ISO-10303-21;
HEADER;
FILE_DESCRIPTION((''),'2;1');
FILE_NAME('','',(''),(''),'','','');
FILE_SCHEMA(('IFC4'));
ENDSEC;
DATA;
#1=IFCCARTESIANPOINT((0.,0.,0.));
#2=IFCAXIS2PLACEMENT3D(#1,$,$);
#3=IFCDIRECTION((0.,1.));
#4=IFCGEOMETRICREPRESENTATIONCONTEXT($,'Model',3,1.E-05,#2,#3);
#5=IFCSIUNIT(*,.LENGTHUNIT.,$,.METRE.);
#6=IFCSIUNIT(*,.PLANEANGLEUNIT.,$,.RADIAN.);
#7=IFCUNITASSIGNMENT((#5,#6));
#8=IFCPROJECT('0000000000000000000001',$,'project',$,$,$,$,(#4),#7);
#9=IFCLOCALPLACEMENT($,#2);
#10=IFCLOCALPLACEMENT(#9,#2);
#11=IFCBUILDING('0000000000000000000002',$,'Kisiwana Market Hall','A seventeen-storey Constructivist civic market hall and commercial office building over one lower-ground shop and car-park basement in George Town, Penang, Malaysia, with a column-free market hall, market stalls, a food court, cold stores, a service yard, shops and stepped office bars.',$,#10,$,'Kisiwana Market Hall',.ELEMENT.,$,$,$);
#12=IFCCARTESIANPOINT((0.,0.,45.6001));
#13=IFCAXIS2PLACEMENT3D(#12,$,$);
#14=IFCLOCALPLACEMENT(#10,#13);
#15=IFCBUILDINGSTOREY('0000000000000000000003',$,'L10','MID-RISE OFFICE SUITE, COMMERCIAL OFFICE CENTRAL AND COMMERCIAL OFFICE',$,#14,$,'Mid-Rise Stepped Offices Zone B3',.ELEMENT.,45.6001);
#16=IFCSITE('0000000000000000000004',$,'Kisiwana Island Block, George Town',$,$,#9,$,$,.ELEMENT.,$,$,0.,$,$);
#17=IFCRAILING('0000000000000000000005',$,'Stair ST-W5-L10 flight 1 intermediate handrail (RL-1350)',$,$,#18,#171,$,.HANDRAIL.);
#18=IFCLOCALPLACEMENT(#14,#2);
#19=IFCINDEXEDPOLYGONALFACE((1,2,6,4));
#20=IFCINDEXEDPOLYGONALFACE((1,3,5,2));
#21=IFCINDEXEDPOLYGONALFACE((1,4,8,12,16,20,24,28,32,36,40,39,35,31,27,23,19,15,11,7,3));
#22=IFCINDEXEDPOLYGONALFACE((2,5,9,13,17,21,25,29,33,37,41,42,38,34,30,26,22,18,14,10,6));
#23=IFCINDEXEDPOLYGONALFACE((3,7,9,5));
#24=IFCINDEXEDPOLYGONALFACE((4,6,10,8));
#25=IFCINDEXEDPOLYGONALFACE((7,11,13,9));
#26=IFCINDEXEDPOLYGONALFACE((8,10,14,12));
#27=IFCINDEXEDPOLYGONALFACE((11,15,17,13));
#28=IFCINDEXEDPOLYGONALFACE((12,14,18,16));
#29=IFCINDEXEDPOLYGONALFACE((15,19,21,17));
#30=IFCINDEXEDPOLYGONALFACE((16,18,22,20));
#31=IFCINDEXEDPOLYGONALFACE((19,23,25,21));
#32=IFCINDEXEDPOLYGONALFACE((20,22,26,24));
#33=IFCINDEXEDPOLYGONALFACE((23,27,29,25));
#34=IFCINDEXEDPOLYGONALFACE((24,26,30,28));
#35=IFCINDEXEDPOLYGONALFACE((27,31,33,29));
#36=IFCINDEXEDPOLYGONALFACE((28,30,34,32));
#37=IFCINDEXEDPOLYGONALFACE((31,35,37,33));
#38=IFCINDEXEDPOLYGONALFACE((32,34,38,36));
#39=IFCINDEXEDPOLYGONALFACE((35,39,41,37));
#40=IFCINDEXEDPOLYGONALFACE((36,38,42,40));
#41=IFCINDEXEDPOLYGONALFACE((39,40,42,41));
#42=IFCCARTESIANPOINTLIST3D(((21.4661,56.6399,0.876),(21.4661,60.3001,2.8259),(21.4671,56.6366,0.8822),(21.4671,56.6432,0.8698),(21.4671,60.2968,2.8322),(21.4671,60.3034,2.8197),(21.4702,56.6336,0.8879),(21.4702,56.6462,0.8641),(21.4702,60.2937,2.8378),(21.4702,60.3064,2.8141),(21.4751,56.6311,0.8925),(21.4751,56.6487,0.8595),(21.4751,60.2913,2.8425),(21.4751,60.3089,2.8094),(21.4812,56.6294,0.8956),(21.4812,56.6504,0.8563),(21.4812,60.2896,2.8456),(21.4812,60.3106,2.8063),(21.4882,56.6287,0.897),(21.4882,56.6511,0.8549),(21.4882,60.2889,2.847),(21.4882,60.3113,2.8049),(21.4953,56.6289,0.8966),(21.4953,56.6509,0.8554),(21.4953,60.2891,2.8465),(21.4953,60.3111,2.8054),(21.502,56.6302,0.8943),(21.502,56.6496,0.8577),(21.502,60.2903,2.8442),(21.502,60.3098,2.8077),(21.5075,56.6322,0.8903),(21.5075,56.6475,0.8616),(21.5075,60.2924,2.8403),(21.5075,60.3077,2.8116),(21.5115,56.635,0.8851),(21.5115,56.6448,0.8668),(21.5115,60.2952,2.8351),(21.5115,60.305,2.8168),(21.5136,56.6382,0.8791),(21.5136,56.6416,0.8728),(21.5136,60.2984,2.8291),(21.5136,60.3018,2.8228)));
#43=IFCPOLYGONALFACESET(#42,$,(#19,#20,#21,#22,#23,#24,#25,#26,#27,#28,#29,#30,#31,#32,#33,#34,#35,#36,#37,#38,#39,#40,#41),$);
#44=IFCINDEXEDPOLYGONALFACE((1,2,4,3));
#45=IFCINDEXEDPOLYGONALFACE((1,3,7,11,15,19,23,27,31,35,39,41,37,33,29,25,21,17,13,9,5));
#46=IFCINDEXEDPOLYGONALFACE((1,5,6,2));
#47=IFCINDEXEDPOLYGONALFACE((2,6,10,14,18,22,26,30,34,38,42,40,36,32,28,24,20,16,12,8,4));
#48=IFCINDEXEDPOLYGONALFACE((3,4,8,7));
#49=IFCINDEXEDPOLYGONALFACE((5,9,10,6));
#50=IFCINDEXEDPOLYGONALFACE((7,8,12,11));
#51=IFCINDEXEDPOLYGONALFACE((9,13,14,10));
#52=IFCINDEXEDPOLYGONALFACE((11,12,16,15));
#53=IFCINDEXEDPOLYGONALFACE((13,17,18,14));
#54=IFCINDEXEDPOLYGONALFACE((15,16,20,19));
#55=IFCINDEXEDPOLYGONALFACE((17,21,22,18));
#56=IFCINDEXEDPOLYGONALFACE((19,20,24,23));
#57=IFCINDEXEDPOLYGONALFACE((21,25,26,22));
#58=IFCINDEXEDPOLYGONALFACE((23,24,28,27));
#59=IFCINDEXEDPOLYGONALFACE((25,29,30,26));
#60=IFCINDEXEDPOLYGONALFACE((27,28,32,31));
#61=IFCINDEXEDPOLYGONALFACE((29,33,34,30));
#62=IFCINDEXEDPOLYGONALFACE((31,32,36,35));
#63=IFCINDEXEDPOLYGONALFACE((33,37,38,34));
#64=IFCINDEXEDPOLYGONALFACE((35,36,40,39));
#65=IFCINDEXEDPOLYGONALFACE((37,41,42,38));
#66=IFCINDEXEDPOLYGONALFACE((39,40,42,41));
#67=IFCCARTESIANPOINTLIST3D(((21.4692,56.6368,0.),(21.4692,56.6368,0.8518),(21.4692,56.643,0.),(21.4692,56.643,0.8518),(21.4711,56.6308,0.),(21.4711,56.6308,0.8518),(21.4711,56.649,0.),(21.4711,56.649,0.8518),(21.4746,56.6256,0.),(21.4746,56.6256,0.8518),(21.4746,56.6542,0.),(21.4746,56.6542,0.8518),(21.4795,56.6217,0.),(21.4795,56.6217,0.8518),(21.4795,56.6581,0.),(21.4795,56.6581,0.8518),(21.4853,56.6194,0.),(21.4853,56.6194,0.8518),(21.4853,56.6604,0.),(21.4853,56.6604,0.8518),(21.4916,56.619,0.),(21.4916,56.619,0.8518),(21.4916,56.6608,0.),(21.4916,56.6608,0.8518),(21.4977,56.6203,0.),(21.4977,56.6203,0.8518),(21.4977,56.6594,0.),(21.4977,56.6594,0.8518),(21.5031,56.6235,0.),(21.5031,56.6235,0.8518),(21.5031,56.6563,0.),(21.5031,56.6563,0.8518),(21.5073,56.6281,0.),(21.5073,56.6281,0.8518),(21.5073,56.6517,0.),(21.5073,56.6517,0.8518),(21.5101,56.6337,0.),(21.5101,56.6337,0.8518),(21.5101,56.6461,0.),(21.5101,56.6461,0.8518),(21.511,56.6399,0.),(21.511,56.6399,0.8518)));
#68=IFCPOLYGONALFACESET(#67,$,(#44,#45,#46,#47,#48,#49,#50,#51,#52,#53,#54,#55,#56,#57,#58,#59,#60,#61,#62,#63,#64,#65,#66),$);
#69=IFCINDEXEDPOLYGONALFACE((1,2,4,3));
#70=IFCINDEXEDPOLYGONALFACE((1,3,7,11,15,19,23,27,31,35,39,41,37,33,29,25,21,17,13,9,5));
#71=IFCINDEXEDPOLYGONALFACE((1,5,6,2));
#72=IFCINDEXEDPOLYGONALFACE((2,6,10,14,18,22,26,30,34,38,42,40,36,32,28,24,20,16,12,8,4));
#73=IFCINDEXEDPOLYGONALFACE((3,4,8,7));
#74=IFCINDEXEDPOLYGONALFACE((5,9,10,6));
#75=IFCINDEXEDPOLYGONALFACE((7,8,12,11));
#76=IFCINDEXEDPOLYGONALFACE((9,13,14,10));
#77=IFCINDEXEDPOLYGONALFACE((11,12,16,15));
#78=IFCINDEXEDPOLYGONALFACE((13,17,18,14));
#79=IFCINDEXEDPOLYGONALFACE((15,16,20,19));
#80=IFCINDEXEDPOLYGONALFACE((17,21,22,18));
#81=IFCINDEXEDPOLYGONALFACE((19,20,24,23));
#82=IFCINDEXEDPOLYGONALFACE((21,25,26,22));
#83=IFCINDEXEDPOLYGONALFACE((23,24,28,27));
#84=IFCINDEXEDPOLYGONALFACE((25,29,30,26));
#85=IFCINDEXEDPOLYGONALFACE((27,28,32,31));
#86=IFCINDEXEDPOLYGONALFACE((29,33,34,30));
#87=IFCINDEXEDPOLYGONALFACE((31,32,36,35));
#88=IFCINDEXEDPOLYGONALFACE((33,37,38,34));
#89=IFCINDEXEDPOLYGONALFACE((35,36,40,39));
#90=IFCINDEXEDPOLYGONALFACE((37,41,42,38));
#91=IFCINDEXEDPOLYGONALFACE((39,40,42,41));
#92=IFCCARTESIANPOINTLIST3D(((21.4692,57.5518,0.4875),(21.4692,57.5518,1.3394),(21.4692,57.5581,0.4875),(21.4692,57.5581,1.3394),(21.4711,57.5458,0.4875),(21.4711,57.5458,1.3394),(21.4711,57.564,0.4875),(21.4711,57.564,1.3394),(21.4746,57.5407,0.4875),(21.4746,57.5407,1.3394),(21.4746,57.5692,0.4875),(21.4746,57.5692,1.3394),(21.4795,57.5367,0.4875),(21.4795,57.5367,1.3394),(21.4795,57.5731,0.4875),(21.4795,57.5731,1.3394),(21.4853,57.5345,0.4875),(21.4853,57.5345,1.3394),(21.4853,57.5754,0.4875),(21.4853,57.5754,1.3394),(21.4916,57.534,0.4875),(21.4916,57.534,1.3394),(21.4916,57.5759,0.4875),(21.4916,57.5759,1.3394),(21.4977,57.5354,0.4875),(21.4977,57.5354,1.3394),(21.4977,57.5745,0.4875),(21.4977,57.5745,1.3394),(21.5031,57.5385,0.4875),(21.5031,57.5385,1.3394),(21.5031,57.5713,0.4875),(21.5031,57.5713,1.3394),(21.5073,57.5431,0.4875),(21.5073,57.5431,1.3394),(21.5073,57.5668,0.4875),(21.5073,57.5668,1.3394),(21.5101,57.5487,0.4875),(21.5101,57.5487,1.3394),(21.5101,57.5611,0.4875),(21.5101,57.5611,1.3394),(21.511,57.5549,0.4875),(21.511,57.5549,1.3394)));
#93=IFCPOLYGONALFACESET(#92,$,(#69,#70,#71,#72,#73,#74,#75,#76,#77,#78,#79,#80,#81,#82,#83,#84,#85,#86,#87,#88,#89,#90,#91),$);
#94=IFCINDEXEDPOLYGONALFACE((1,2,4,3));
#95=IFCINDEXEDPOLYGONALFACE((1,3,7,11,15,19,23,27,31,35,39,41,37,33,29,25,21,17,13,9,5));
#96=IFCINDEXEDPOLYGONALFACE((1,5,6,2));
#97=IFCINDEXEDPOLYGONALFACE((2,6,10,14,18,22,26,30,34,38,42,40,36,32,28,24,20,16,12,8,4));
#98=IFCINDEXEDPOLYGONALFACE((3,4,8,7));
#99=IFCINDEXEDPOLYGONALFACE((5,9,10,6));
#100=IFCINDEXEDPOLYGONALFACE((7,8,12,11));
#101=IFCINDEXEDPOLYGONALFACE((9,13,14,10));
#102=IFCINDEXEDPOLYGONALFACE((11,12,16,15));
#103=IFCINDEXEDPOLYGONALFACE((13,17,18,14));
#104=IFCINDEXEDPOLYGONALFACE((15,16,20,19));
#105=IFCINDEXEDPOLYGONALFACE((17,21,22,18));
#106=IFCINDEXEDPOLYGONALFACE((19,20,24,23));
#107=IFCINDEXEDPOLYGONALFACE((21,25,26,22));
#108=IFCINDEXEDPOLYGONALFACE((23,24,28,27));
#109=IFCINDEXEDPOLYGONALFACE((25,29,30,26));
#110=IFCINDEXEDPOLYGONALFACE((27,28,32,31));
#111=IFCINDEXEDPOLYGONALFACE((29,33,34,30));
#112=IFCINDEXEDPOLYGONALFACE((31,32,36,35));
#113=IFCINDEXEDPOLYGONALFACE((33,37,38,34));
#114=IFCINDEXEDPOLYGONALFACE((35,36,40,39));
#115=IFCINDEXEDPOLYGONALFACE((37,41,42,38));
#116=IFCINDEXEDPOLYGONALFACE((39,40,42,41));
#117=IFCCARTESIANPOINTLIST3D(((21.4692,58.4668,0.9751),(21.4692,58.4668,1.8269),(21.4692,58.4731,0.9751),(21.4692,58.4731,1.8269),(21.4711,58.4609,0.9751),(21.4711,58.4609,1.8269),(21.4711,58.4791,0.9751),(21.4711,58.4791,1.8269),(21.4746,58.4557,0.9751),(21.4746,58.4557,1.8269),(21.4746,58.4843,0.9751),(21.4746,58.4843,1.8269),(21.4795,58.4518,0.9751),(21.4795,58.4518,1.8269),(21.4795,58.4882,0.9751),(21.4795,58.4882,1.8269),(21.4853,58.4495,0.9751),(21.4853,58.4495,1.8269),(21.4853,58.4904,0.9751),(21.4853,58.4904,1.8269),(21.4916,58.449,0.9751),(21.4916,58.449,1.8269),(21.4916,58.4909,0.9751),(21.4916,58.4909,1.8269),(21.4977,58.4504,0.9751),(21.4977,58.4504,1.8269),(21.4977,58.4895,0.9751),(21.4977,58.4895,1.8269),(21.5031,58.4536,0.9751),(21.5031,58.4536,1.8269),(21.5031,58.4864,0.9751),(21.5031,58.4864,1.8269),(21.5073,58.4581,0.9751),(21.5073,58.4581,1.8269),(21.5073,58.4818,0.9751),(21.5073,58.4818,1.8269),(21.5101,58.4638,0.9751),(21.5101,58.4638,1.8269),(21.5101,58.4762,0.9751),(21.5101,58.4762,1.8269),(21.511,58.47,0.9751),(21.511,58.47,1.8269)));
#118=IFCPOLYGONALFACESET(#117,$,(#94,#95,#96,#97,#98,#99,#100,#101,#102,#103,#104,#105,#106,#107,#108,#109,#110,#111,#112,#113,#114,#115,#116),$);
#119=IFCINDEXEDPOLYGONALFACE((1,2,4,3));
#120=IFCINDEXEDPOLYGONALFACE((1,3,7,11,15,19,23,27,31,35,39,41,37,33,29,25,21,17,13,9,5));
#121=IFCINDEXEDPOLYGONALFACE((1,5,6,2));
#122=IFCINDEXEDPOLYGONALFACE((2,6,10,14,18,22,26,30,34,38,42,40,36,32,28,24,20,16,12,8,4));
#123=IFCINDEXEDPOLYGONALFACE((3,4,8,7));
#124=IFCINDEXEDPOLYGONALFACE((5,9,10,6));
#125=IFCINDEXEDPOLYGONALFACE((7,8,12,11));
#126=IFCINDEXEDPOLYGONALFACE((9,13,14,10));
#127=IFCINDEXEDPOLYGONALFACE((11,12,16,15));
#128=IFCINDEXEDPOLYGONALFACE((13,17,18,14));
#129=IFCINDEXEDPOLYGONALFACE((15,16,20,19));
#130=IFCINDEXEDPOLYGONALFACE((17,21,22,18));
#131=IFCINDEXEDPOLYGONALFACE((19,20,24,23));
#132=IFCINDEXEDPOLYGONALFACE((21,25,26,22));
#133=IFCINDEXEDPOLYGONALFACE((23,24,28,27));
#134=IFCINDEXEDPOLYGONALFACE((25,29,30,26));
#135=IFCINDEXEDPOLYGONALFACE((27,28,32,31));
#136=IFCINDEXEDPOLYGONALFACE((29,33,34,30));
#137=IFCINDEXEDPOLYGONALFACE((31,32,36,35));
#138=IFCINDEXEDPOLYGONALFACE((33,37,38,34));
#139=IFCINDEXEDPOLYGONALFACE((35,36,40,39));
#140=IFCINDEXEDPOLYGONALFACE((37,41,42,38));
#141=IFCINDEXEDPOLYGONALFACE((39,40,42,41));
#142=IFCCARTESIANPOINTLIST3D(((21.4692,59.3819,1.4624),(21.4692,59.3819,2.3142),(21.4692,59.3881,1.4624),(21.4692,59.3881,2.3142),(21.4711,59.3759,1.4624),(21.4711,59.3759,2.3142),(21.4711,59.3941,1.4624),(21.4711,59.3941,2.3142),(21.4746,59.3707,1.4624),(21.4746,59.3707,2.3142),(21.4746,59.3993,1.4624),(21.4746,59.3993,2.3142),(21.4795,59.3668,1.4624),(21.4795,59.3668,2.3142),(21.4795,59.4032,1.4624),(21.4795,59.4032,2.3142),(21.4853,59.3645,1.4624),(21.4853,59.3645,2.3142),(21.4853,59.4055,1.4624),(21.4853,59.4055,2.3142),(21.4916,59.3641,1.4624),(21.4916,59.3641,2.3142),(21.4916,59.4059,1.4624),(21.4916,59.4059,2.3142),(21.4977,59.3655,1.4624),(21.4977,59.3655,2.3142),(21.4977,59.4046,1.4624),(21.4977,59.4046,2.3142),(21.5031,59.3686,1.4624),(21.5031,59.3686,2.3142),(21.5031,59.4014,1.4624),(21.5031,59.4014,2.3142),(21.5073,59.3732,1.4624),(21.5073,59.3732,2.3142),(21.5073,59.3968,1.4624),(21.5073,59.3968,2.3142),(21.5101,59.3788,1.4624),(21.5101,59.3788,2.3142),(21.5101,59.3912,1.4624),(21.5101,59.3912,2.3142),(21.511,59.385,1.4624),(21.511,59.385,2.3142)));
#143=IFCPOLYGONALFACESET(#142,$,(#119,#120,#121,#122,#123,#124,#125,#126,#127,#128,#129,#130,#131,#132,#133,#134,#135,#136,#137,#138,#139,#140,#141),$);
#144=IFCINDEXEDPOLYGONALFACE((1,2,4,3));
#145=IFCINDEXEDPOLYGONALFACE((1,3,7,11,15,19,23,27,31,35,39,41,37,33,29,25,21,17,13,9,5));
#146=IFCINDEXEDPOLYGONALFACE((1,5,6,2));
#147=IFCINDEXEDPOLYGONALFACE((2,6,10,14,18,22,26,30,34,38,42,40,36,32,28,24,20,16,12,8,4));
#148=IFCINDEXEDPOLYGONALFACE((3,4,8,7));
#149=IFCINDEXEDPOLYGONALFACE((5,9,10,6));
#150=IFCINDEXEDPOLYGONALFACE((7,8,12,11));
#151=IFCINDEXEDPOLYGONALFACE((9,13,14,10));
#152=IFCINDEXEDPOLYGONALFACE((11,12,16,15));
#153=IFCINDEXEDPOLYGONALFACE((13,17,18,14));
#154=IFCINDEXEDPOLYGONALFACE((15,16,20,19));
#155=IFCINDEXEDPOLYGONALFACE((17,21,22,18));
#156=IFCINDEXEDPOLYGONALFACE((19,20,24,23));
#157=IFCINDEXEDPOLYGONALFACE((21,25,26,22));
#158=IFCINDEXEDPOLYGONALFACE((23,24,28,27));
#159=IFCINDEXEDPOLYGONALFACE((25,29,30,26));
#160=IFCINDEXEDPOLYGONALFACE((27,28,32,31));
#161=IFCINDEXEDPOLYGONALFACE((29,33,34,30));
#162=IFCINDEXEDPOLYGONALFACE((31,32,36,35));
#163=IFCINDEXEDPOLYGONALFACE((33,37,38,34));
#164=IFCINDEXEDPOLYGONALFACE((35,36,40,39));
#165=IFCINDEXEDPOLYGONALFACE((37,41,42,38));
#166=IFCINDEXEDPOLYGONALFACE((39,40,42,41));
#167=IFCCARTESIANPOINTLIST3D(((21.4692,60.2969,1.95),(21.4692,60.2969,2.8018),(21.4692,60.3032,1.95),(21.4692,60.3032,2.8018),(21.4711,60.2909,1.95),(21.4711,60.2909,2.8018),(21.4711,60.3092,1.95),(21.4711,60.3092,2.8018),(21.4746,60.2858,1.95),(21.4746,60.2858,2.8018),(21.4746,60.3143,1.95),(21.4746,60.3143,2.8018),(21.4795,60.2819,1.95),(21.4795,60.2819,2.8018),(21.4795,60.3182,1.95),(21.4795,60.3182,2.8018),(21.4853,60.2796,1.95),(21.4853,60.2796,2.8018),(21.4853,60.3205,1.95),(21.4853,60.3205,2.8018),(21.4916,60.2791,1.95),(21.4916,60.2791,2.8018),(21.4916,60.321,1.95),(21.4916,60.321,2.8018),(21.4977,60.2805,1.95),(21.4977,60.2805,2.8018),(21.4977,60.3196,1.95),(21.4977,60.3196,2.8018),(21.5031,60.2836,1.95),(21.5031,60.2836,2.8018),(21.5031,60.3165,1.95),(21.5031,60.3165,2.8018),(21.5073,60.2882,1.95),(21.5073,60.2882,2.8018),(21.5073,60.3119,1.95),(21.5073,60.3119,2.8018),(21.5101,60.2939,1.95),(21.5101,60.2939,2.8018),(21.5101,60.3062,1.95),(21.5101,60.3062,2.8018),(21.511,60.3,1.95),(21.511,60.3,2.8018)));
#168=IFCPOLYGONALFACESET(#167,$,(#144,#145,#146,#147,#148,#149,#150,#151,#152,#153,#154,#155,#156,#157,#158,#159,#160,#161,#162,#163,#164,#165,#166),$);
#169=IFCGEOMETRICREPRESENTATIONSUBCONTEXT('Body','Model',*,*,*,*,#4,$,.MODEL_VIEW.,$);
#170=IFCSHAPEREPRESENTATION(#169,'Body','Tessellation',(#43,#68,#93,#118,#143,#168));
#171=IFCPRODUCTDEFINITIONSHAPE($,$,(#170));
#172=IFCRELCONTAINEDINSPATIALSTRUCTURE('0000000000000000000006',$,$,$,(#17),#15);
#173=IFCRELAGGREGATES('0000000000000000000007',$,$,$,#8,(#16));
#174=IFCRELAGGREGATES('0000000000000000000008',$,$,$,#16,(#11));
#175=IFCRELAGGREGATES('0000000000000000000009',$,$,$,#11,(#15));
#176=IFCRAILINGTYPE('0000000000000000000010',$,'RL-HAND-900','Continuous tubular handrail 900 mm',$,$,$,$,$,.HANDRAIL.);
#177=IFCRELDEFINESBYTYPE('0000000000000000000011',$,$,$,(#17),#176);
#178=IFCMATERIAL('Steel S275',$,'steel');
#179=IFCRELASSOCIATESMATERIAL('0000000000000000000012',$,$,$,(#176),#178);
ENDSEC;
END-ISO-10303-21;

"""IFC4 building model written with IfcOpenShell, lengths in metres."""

from ifc_helpers import new_model, si_unit, direction, frame, origin, origin_2d, place, context, subcontext, project, spatial, circle, extrude, material, type_object, element, save


model = new_model("IFC4")

# Units and contexts
model_context = context("Model", 3, precision=1e-05, world=origin(), true_north=direction((0.0, 1.0)))
body_context = subcontext(model_context, "Body", "Model", "MODEL_VIEW")
ifc_project = project(units=[si_unit("LENGTHUNIT", "METRE"), si_unit("PLANEANGLEUNIT", "RADIAN")], contexts=[model_context])

# Site, building, storey
site_placement = place(None, origin())
site = spatial("IfcSite", under=ifc_project, at=site_placement, Name="Kisiwana Island Block, George Town", CompositionType="ELEMENT", RefElevation=0.0)
building_placement = place(site_placement, origin())
building = spatial("IfcBuilding", under=site, at=building_placement, Name="Kisiwana Market Hall", Description="A seventeen-storey Constructivist civic market hall and commercial office building over one lower-ground shop and car-park basement in George Town, Penang, Malaysia, with a column-free market hall, market stalls, a food court, cold stores, a service yard, shops and stepped office bars.", LongName="Kisiwana Market Hall", CompositionType="ELEMENT")
storey_placement = place(building_placement, frame((0.0, 0.0, 45.6001)))
storey = spatial("IfcBuildingStorey", under=building, at=storey_placement, Name="L10", Description="MID-RISE OFFICE SUITE, COMMERCIAL OFFICE CENTRAL AND COMMERCIAL OFFICE", LongName="Mid-Rise Stepped Offices Zone B3", CompositionType="ELEMENT", Elevation=45.6001)

# Railing
ifc_material_1 = material(Name="Steel S275", Category="steel")
railing_type_1 = type_object("IfcRailingType", Name="RL-HAND-900", Description="Continuous tubular handrail 900 mm", PredefinedType="HANDRAIL", material=ifc_material_1)
railing_1_placement = place(storey_placement, frame((21.49, 56.6399, 0.0)))
element("IfcRailing", 1, at=railing_1_placement, inside=storey, type_object=railing_type_1, Name="Stair ST-W5-L10 flight 1 intermediate handrail (RL-1350)", PredefinedType="HANDRAIL", context=body_context, shape_type="SweptSolid", body=[
    extrude(circle(Radius=0.0239, at=origin_2d()), frame((0.0, 0.0, 0.876), z_axis=(0.0, 0.882566, 0.470188), x_axis=(-1.0, 0.0, 0.0)), (0.0, 0.0, 1.0), 4.1472),
    extrude(circle(Radius=0.021, at=origin_2d()), origin(), (0.0, 0.0, 1.0), 0.8518),
    extrude(circle(Radius=0.021, at=origin_2d()), frame((0.0, 0.915, 0.4875)), (0.0, 0.0, 1.0), 0.8518),
    extrude(circle(Radius=0.021, at=origin_2d()), frame((0.0, 1.8301, 0.9751)), (0.0, 0.0, 1.0), 0.8518),
    extrude(circle(Radius=0.021, at=origin_2d()), frame((0.0, 2.7451, 1.4624)), (0.0, 0.0, 1.0), 0.8518),
    extrude(circle(Radius=0.021, at=origin_2d()), frame((0.0, 3.6602, 1.95)), (0.0, 0.0, 1.0), 0.8518),
])

save(model, "model.ifc")
